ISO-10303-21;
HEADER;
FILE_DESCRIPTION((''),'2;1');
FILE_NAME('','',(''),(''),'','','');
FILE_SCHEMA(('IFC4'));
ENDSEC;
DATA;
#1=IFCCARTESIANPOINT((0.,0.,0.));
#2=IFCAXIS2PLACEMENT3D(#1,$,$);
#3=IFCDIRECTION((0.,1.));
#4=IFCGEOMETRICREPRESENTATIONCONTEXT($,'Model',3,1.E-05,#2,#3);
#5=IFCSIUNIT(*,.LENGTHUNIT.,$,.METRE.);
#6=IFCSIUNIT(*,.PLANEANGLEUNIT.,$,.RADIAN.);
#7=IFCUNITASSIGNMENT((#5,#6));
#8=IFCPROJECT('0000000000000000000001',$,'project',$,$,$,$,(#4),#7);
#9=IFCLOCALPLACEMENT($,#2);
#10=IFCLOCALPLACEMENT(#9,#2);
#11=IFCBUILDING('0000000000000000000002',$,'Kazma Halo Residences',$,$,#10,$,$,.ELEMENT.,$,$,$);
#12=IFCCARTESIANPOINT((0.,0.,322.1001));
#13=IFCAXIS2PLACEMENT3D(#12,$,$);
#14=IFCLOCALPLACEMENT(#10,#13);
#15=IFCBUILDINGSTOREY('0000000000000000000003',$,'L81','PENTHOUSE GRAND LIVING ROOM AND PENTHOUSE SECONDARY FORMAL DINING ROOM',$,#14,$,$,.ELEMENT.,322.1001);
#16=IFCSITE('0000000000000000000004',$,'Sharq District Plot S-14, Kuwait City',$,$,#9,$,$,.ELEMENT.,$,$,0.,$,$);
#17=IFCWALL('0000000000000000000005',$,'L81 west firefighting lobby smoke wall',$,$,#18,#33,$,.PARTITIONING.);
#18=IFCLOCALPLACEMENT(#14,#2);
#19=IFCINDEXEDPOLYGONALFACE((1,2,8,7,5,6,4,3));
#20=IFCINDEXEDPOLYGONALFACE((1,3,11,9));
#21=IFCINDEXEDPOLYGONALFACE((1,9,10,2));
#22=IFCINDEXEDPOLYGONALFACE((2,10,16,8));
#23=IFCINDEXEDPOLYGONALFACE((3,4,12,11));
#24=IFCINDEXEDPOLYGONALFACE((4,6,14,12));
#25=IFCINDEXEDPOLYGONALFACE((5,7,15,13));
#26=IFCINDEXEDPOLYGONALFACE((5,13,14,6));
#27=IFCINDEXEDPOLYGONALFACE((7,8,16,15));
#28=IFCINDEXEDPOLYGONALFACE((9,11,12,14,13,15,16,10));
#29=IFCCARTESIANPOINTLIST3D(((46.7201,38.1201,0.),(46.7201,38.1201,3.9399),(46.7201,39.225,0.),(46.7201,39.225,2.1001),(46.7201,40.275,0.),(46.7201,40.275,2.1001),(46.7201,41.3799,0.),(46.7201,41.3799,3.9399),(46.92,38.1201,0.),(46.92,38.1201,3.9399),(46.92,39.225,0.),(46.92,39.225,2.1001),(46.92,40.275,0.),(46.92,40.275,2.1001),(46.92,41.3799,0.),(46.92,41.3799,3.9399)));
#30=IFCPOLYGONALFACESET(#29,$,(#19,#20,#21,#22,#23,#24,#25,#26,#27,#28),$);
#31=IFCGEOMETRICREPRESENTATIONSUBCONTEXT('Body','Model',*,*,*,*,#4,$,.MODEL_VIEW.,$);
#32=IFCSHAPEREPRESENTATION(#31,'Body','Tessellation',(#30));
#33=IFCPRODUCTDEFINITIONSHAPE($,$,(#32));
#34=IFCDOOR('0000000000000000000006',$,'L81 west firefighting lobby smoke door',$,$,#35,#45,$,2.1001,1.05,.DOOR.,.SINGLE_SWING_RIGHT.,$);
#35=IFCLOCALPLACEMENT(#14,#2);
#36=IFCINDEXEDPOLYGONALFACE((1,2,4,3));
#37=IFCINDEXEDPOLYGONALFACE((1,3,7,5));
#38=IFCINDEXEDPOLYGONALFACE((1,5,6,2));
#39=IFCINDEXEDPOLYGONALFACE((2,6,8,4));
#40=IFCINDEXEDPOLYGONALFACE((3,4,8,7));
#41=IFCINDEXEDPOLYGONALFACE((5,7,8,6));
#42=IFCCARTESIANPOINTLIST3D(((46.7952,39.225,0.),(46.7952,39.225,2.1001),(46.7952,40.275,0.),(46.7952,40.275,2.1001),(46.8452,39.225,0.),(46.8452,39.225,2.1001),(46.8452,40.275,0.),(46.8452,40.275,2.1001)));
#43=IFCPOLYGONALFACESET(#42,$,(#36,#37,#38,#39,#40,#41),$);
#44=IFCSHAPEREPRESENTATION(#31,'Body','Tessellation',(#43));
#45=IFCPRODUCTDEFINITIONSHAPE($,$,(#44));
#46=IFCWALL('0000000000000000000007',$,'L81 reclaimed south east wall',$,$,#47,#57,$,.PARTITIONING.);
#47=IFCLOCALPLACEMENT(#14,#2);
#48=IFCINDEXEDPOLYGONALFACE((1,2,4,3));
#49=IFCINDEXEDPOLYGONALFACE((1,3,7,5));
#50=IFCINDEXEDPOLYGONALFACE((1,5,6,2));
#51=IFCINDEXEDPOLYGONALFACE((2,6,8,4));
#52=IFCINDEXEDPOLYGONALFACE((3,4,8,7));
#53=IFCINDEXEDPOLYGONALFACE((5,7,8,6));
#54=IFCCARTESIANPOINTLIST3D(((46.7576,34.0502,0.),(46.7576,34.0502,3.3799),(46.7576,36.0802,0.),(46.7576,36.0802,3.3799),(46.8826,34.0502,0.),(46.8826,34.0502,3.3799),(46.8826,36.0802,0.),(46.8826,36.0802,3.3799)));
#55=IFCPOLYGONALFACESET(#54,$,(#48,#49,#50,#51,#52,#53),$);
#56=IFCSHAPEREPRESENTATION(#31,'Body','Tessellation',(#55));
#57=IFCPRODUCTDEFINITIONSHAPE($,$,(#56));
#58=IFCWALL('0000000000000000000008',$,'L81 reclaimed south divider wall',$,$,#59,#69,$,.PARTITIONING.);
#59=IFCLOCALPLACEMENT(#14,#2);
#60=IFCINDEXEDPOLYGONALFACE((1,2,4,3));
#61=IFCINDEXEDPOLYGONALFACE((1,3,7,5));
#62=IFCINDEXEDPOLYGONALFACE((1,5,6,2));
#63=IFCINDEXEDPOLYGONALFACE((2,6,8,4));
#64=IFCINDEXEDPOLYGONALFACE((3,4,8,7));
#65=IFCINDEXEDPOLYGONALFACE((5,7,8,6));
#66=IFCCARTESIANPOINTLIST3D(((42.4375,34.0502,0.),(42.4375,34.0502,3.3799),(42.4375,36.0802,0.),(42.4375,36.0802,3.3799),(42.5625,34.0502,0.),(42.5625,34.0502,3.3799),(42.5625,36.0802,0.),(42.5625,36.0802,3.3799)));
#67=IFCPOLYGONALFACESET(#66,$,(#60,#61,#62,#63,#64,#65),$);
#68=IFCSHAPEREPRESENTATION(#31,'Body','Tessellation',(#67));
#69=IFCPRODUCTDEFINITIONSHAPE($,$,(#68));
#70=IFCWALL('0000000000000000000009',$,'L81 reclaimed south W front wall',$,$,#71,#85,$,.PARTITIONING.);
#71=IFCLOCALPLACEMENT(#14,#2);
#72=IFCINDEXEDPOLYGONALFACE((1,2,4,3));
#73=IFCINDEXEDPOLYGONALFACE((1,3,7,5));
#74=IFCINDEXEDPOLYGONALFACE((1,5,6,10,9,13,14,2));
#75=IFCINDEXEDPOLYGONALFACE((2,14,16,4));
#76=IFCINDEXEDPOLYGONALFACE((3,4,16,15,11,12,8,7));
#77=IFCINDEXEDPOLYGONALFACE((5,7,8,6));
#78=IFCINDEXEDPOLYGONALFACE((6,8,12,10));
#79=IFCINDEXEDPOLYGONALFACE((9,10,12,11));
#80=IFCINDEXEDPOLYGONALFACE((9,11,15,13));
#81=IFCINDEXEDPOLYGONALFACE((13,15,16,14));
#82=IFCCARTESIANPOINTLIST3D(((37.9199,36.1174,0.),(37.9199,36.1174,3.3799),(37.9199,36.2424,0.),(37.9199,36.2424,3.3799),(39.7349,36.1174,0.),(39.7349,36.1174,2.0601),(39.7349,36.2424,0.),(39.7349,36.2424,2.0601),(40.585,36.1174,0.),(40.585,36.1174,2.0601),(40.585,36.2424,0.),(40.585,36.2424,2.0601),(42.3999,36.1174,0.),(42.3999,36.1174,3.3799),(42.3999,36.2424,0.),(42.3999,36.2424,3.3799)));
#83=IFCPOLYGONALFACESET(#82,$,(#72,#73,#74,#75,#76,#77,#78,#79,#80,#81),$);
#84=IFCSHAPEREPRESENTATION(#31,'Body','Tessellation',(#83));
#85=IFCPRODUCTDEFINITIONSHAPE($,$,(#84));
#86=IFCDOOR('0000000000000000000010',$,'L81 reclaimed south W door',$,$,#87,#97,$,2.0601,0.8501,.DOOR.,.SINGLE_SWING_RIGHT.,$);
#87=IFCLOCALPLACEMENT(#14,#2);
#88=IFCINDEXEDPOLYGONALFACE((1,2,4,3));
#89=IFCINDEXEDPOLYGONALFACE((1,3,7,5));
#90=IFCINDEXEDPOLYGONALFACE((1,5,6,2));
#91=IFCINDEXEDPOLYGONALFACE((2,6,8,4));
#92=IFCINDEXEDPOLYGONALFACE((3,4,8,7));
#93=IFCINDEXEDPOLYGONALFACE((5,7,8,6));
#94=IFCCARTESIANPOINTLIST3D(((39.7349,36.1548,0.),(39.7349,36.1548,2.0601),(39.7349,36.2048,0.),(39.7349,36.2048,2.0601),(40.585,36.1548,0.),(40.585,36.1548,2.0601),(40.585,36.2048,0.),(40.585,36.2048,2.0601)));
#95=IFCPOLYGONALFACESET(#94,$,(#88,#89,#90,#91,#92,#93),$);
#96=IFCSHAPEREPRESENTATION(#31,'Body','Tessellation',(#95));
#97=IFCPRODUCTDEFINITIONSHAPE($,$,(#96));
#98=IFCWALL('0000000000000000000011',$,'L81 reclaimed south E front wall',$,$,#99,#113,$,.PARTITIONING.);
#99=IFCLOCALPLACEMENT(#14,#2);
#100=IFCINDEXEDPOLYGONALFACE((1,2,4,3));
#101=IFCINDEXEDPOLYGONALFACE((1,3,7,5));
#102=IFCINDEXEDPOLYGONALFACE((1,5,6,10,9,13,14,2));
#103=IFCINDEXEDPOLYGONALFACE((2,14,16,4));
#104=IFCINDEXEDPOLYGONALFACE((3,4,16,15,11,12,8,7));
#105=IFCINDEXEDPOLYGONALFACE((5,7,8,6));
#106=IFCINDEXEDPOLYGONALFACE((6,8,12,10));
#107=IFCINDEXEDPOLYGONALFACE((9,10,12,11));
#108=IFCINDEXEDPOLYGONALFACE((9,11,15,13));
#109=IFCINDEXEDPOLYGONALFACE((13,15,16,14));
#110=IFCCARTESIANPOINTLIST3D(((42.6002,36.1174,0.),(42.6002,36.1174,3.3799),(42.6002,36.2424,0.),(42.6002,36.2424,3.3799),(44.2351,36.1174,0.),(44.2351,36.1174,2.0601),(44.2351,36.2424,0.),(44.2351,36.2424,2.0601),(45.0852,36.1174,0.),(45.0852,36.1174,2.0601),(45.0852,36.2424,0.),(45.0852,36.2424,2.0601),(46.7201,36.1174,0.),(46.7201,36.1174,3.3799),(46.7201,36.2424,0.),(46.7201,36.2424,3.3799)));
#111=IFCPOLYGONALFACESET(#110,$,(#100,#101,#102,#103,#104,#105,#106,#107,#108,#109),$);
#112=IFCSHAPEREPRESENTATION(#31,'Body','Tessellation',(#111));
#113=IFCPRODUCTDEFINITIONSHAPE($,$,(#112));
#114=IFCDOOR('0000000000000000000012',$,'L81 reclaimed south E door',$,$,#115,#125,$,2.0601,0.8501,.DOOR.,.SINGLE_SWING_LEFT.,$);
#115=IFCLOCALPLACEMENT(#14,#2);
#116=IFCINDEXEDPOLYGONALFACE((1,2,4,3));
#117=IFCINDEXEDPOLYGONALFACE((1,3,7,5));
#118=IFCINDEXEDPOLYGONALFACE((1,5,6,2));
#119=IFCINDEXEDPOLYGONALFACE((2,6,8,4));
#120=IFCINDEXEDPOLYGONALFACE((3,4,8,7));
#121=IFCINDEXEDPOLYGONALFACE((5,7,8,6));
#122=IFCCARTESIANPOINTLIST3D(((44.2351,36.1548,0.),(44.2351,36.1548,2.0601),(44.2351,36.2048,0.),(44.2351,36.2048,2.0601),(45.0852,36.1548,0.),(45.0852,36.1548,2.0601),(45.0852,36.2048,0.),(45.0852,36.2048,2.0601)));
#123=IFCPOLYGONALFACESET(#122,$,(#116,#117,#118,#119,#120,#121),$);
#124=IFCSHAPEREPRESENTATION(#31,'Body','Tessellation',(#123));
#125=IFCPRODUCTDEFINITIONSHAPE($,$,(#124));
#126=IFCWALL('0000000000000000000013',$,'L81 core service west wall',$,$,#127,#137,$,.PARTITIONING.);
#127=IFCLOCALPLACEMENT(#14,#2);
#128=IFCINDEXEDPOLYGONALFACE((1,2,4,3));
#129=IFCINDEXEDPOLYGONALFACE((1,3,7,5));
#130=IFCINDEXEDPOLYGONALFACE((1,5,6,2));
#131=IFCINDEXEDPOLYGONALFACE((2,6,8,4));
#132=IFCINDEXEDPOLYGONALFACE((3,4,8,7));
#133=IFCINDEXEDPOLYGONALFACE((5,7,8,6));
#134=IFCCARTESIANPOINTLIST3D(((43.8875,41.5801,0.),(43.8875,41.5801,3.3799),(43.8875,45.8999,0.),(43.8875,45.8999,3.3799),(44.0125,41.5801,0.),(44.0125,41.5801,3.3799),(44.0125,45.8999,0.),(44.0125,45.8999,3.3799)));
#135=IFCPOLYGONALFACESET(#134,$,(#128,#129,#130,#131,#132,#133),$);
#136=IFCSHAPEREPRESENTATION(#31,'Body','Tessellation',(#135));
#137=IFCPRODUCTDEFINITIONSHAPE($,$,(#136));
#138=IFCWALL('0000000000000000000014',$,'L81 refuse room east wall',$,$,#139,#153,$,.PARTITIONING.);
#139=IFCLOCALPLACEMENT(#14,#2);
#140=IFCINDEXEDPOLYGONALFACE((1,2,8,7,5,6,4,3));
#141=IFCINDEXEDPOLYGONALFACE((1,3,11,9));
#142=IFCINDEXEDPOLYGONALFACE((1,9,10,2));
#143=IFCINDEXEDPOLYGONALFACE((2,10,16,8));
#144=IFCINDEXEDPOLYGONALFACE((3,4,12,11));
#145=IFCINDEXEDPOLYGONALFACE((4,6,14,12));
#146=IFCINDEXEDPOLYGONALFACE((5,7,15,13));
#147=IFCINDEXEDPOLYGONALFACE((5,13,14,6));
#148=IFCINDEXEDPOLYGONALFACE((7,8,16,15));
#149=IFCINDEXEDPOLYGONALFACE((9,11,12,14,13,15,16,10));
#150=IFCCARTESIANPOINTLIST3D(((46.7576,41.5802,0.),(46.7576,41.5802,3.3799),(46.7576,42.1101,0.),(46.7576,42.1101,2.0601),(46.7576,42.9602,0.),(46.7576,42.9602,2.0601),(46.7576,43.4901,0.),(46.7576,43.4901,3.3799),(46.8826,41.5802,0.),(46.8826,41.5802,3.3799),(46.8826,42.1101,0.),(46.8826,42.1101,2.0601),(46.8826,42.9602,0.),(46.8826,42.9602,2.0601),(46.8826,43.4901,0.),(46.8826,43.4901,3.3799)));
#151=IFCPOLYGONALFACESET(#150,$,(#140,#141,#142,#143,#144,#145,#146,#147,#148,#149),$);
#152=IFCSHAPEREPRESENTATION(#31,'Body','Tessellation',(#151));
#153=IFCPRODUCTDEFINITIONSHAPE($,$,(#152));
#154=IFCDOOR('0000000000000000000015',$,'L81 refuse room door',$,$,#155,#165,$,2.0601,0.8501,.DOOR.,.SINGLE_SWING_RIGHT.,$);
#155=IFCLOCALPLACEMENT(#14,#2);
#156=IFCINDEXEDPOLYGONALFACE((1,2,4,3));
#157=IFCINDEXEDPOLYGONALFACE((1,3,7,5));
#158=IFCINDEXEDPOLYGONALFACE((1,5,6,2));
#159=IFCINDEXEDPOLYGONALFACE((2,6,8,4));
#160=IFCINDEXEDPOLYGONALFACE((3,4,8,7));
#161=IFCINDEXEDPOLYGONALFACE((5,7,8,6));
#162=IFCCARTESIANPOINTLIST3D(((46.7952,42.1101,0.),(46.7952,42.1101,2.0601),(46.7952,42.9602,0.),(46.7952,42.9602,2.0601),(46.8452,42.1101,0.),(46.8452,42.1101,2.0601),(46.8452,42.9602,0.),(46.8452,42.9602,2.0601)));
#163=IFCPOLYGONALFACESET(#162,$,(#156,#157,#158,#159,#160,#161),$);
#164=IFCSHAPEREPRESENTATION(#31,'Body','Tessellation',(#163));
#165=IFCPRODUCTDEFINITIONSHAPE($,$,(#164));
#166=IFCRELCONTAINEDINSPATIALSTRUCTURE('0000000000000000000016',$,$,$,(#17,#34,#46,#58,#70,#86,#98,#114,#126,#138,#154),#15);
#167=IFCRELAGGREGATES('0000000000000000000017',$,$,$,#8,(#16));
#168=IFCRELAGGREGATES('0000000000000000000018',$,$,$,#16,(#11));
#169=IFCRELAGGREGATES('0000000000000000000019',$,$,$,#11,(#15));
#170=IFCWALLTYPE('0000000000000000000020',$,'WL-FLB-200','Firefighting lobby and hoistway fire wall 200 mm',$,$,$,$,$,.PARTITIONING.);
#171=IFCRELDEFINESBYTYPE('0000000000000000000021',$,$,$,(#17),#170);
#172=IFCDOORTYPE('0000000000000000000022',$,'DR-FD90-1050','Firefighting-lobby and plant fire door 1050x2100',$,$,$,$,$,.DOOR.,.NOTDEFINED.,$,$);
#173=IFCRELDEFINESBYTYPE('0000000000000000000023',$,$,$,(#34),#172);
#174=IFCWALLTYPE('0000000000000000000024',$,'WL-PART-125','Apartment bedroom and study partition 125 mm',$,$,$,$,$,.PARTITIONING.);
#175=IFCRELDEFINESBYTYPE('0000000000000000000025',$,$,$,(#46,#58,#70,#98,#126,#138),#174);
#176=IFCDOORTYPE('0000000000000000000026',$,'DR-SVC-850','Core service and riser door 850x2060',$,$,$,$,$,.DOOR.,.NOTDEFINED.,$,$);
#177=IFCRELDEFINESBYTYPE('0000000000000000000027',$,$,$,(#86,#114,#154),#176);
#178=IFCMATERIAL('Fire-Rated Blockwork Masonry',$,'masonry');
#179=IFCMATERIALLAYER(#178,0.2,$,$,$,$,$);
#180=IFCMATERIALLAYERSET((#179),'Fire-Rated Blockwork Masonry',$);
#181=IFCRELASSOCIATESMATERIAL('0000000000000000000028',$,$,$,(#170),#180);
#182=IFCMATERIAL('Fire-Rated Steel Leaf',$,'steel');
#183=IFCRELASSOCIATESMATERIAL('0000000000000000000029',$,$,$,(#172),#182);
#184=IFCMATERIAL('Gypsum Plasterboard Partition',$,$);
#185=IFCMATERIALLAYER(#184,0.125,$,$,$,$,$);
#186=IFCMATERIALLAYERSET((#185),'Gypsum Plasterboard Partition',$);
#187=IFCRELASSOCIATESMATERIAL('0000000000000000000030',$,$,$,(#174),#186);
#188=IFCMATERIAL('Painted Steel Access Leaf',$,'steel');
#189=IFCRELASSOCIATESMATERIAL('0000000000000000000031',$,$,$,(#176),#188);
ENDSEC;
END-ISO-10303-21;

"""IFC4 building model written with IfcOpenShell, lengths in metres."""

from ifc_helpers import new_model, si_unit, direction, frame, frame_2d, origin, place, context, subcontext, project, spatial, rectangle, extrude, material, layer, layer_set, type_object, element, fill, save


model = new_model("IFC4")

# Units and contexts
model_context = context("Model", 3, precision=1e-05, world=origin(), true_north=direction((0.0, 1.0)))
body_context = subcontext(model_context, "Body", "Model", "MODEL_VIEW")
ifc_project = project(units=[si_unit("LENGTHUNIT", "METRE"), si_unit("PLANEANGLEUNIT", "RADIAN")], contexts=[model_context])

# Site, building, storey
site_placement = place(None, origin())
site = spatial("IfcSite", under=ifc_project, at=site_placement, Name="Sharq District Plot S-14, Kuwait City", CompositionType="ELEMENT", RefElevation=0.0)
building_placement = place(site_placement, origin())
building = spatial("IfcBuilding", under=site, at=building_placement, Name="Kazma Halo Residences", CompositionType="ELEMENT")
storey_placement = place(building_placement, frame((0.0, 0.0, 322.1001)))
storey = spatial("IfcBuildingStorey", under=building, at=storey_placement, Name="L81", Description="PENTHOUSE GRAND LIVING ROOM AND PENTHOUSE SECONDARY FORMAL DINING ROOM", CompositionType="ELEMENT", Elevation=322.1001)

# Shared definitions
ifc_material_1 = material(Name="Fire-Rated Blockwork Masonry", Category="masonry")
ifc_layer_1 = layer(ifc_material_1, 0.2)
ifc_layer_set_1 = layer_set([ifc_layer_1], Name="Fire-Rated Blockwork Masonry")
wall_type_1 = type_object("IfcWallType", Name="WL-FLB-200", Description="Firefighting lobby and hoistway fire wall 200 mm", PredefinedType="PARTITIONING", material=ifc_layer_set_1)

# Wall, opening, door
wall_1_placement = place(storey_placement, frame((46.8201, 38.1201, 0.0), z_axis=(0.0, 0.0, 1.0), x_axis=(0.0, 1.0, 0.0)))
wall_1 = element("IfcWall", 1, at=wall_1_placement, inside=storey, type_object=wall_type_1, Name="L81 west firefighting lobby smoke wall", PredefinedType="PARTITIONING", context=body_context, shape_type="SweptSolid", body=[
    extrude(rectangle(XDim=3.2598, YDim=0.2, at=frame_2d((1.6299, 0.0))), origin(), (0.0, 0.0, 1.0), 3.9399),
])
opening_1_placement = place(wall_1_placement, frame((1.105, 0.0, 0.0)))
opening_1 = element("IfcOpeningElement", 2, at=opening_1_placement, cuts=wall_1, PredefinedType="OPENING", context=body_context, shape_type="SweptSolid", body=[
    extrude(rectangle(XDim=1.05, YDim=2.1001, at=frame_2d((0.5249, 1.05))), frame((0.0, 0.1099, 0.0), z_axis=(0.0, -1.0, 0.0), x_axis=(1.0, 0.0, 0.0)), (0.0, 0.0, 1.0), 0.22),
])
ifc_material_2 = material(Name="Fire-Rated Steel Leaf", Category="steel")
door_type_1 = type_object("IfcDoorType", Name="DR-FD90-1050", Description="Firefighting-lobby and plant fire door 1050x2100", OperationType="NOTDEFINED", PredefinedType="DOOR", material=ifc_material_2)
door_1_placement = place(opening_1_placement, origin())
door_1 = element("IfcDoor", 3, at=door_1_placement, inside=storey, type_object=door_type_1, Name="L81 west firefighting lobby smoke door", OperationType="SINGLE_SWING_RIGHT", OverallHeight=2.1001, OverallWidth=1.05, PredefinedType="DOOR", context=body_context, shape_type="SweptSolid", body=[
    extrude(rectangle(XDim=1.05, YDim=2.1001, at=frame_2d((0.5249, 1.05))), frame((0.0, 0.0249, 0.0), z_axis=(0.0, -1.0, 0.0), x_axis=(1.0, 0.0, 0.0)), (0.0, 0.0, 1.0), 0.05),
])
fill(opening_1, door_1)

# Walls
ifc_material_3 = material(Name="Gypsum Plasterboard Partition")
ifc_layer_2 = layer(ifc_material_3, 0.125)
ifc_layer_set_2 = layer_set([ifc_layer_2], Name="Gypsum Plasterboard Partition")
wall_type_2 = type_object("IfcWallType", Name="WL-PART-125", Description="Apartment bedroom and study partition 125 mm", PredefinedType="PARTITIONING", material=ifc_layer_set_2)
for number, where, z_axis, x_axis, name in (
    (4, (46.8201, 34.05, 0.0), (0.0, 0.0, 1.0), (0.0, 1.0, 0.0), "L81 reclaimed south east wall"),
    (5, (42.5, 34.05, 0.0), (0.0, 0.0, 1.0), (0.0, 1.0, 0.0), "L81 reclaimed south divider wall"),
):
    element("IfcWall", number, at=place(storey_placement, frame(where, z_axis=z_axis, x_axis=x_axis)), inside=storey, type_object=wall_type_2, Name=name, PredefinedType="PARTITIONING", context=body_context, shape_type="SweptSolid", body=[
        extrude(rectangle(XDim=2.03, YDim=0.125, at=frame_2d((1.0151, 0.0))), origin(), (0.0, 0.0, 1.0), 3.3799),
    ])

# Walls, openings, doors
wall_2_placement = place(storey_placement, frame((37.9199, 36.1799, 0.0), z_axis=(0.0, 0.0, 1.0), x_axis=(1.0, 0.0, 0.0)))
wall_2 = element("IfcWall", 6, at=wall_2_placement, inside=storey, type_object=wall_type_2, Name="L81 reclaimed south W front wall", PredefinedType="PARTITIONING", context=body_context, shape_type="SweptSolid", body=[
    extrude(rectangle(XDim=4.48, YDim=0.125, at=frame_2d((2.24, 0.0))), origin(), (0.0, 0.0, 1.0), 3.3799),
])
opening_2_placement = place(wall_2_placement, frame((1.8149, 0.0, 0.0)))
opening_2 = element("IfcOpeningElement", 7, at=opening_2_placement, cuts=wall_2, PredefinedType="OPENING", context=body_context, shape_type="SweptSolid", body=[
    extrude(rectangle(XDim=0.8501, YDim=2.0601, at=frame_2d((0.425, 1.03))), frame((0.0, 0.0725, 0.0), z_axis=(0.0, -1.0, 0.0), x_axis=(1.0, 0.0, 0.0)), (0.0, 0.0, 1.0), 0.145),
])
ifc_material_4 = material(Name="Painted Steel Access Leaf", Category="steel")
door_type_2 = type_object("IfcDoorType", Name="DR-SVC-850", Description="Core service and riser door 850x2060", OperationType="NOTDEFINED", PredefinedType="DOOR", material=ifc_material_4)
door_2_placement = place(opening_2_placement, origin())
door_2 = element("IfcDoor", 8, at=door_2_placement, inside=storey, type_object=door_type_2, Name="L81 reclaimed south W door", OperationType="SINGLE_SWING_RIGHT", OverallHeight=2.0601, OverallWidth=0.8501, PredefinedType="DOOR", context=body_context, shape_type="SweptSolid", body=[
    extrude(rectangle(XDim=0.8501, YDim=2.0601, at=frame_2d((0.425, 1.03))), frame((0.0, 0.0249, 0.0), z_axis=(0.0, -1.0, 0.0), x_axis=(1.0, 0.0, 0.0)), (0.0, 0.0, 1.0), 0.05),
])
fill(opening_2, door_2)
wall_3_placement = place(storey_placement, frame((42.6001, 36.1799, 0.0), z_axis=(0.0, 0.0, 1.0), x_axis=(1.0, 0.0, 0.0)))
wall_3 = element("IfcWall", 9, at=wall_3_placement, inside=storey, type_object=wall_type_2, Name="L81 reclaimed south E front wall", PredefinedType="PARTITIONING", context=body_context, shape_type="SweptSolid", body=[
    extrude(rectangle(XDim=4.1199, YDim=0.125, at=frame_2d((2.0601, 0.0))), origin(), (0.0, 0.0, 1.0), 3.3799),
])
opening_3_placement = place(wall_3_placement, frame((1.635, 0.0, 0.0)))
opening_3 = element("IfcOpeningElement", 10, at=opening_3_placement, cuts=wall_3, PredefinedType="OPENING", context=body_context, shape_type="SweptSolid", body=[
    extrude(rectangle(XDim=0.8501, YDim=2.0601, at=frame_2d((0.425, 1.03))), frame((0.0, 0.0725, 0.0), z_axis=(0.0, -1.0, 0.0), x_axis=(1.0, 0.0, 0.0)), (0.0, 0.0, 1.0), 0.145),
])
door_3_placement = place(opening_3_placement, origin())
door_3 = element("IfcDoor", 11, at=door_3_placement, inside=storey, type_object=door_type_2, Name="L81 reclaimed south E door", OperationType="SINGLE_SWING_LEFT", OverallHeight=2.0601, OverallWidth=0.8501, PredefinedType="DOOR", context=body_context, shape_type="SweptSolid", body=[
    extrude(rectangle(XDim=0.8501, YDim=2.0601, at=frame_2d((0.425, 1.03))), frame((0.0, 0.0249, 0.0), z_axis=(0.0, -1.0, 0.0), x_axis=(1.0, 0.0, 0.0)), (0.0, 0.0, 1.0), 0.05),
])
fill(opening_3, door_3)

# Wall
wall_4_placement = place(storey_placement, frame((43.95, 41.5801, 0.0), z_axis=(0.0, 0.0, 1.0), x_axis=(0.0, 1.0, 0.0)))
element("IfcWall", 12, at=wall_4_placement, inside=storey, type_object=wall_type_2, Name="L81 core service west wall", PredefinedType="PARTITIONING", context=body_context, shape_type="SweptSolid", body=[
    extrude(rectangle(XDim=4.3198, YDim=0.125, at=frame_2d((2.1599, 0.0))), origin(), (0.0, 0.0, 1.0), 3.3799),
])

# Wall, opening, door
wall_5_placement = place(storey_placement, frame((46.8201, 41.5801, 0.0), z_axis=(0.0, 0.0, 1.0), x_axis=(0.0, 1.0, 0.0)))
wall_5 = element("IfcWall", 13, at=wall_5_placement, inside=storey, type_object=wall_type_2, Name="L81 refuse room east wall", PredefinedType="PARTITIONING", context=body_context, shape_type="SweptSolid", body=[
    extrude(rectangle(XDim=1.9099, YDim=0.125, at=frame_2d((0.9551, 0.0))), origin(), (0.0, 0.0, 1.0), 3.3799),
])
opening_4_placement = place(wall_5_placement, frame((0.53, 0.0, 0.0)))
opening_4 = element("IfcOpeningElement", 14, at=opening_4_placement, cuts=wall_5, PredefinedType="OPENING", context=body_context, shape_type="SweptSolid", body=[
    extrude(rectangle(XDim=0.8501, YDim=2.0601, at=frame_2d((0.425, 1.03))), frame((0.0, 0.0725, 0.0), z_axis=(0.0, -1.0, 0.0), x_axis=(1.0, 0.0, 0.0)), (0.0, 0.0, 1.0), 0.145),
])
door_4_placement = place(opening_4_placement, origin())
door_4 = element("IfcDoor", 15, at=door_4_placement, inside=storey, type_object=door_type_2, Name="L81 refuse room door", OperationType="SINGLE_SWING_RIGHT", OverallHeight=2.0601, OverallWidth=0.8501, PredefinedType="DOOR", context=body_context, shape_type="SweptSolid", body=[
    extrude(rectangle(XDim=0.8501, YDim=2.0601, at=frame_2d((0.425, 1.03))), frame((0.0, 0.0249, 0.0), z_axis=(0.0, -1.0, 0.0), x_axis=(1.0, 0.0, 0.0)), (0.0, 0.0, 1.0), 0.05),
])
fill(opening_4, door_4)

save(model, "model.ifc")
